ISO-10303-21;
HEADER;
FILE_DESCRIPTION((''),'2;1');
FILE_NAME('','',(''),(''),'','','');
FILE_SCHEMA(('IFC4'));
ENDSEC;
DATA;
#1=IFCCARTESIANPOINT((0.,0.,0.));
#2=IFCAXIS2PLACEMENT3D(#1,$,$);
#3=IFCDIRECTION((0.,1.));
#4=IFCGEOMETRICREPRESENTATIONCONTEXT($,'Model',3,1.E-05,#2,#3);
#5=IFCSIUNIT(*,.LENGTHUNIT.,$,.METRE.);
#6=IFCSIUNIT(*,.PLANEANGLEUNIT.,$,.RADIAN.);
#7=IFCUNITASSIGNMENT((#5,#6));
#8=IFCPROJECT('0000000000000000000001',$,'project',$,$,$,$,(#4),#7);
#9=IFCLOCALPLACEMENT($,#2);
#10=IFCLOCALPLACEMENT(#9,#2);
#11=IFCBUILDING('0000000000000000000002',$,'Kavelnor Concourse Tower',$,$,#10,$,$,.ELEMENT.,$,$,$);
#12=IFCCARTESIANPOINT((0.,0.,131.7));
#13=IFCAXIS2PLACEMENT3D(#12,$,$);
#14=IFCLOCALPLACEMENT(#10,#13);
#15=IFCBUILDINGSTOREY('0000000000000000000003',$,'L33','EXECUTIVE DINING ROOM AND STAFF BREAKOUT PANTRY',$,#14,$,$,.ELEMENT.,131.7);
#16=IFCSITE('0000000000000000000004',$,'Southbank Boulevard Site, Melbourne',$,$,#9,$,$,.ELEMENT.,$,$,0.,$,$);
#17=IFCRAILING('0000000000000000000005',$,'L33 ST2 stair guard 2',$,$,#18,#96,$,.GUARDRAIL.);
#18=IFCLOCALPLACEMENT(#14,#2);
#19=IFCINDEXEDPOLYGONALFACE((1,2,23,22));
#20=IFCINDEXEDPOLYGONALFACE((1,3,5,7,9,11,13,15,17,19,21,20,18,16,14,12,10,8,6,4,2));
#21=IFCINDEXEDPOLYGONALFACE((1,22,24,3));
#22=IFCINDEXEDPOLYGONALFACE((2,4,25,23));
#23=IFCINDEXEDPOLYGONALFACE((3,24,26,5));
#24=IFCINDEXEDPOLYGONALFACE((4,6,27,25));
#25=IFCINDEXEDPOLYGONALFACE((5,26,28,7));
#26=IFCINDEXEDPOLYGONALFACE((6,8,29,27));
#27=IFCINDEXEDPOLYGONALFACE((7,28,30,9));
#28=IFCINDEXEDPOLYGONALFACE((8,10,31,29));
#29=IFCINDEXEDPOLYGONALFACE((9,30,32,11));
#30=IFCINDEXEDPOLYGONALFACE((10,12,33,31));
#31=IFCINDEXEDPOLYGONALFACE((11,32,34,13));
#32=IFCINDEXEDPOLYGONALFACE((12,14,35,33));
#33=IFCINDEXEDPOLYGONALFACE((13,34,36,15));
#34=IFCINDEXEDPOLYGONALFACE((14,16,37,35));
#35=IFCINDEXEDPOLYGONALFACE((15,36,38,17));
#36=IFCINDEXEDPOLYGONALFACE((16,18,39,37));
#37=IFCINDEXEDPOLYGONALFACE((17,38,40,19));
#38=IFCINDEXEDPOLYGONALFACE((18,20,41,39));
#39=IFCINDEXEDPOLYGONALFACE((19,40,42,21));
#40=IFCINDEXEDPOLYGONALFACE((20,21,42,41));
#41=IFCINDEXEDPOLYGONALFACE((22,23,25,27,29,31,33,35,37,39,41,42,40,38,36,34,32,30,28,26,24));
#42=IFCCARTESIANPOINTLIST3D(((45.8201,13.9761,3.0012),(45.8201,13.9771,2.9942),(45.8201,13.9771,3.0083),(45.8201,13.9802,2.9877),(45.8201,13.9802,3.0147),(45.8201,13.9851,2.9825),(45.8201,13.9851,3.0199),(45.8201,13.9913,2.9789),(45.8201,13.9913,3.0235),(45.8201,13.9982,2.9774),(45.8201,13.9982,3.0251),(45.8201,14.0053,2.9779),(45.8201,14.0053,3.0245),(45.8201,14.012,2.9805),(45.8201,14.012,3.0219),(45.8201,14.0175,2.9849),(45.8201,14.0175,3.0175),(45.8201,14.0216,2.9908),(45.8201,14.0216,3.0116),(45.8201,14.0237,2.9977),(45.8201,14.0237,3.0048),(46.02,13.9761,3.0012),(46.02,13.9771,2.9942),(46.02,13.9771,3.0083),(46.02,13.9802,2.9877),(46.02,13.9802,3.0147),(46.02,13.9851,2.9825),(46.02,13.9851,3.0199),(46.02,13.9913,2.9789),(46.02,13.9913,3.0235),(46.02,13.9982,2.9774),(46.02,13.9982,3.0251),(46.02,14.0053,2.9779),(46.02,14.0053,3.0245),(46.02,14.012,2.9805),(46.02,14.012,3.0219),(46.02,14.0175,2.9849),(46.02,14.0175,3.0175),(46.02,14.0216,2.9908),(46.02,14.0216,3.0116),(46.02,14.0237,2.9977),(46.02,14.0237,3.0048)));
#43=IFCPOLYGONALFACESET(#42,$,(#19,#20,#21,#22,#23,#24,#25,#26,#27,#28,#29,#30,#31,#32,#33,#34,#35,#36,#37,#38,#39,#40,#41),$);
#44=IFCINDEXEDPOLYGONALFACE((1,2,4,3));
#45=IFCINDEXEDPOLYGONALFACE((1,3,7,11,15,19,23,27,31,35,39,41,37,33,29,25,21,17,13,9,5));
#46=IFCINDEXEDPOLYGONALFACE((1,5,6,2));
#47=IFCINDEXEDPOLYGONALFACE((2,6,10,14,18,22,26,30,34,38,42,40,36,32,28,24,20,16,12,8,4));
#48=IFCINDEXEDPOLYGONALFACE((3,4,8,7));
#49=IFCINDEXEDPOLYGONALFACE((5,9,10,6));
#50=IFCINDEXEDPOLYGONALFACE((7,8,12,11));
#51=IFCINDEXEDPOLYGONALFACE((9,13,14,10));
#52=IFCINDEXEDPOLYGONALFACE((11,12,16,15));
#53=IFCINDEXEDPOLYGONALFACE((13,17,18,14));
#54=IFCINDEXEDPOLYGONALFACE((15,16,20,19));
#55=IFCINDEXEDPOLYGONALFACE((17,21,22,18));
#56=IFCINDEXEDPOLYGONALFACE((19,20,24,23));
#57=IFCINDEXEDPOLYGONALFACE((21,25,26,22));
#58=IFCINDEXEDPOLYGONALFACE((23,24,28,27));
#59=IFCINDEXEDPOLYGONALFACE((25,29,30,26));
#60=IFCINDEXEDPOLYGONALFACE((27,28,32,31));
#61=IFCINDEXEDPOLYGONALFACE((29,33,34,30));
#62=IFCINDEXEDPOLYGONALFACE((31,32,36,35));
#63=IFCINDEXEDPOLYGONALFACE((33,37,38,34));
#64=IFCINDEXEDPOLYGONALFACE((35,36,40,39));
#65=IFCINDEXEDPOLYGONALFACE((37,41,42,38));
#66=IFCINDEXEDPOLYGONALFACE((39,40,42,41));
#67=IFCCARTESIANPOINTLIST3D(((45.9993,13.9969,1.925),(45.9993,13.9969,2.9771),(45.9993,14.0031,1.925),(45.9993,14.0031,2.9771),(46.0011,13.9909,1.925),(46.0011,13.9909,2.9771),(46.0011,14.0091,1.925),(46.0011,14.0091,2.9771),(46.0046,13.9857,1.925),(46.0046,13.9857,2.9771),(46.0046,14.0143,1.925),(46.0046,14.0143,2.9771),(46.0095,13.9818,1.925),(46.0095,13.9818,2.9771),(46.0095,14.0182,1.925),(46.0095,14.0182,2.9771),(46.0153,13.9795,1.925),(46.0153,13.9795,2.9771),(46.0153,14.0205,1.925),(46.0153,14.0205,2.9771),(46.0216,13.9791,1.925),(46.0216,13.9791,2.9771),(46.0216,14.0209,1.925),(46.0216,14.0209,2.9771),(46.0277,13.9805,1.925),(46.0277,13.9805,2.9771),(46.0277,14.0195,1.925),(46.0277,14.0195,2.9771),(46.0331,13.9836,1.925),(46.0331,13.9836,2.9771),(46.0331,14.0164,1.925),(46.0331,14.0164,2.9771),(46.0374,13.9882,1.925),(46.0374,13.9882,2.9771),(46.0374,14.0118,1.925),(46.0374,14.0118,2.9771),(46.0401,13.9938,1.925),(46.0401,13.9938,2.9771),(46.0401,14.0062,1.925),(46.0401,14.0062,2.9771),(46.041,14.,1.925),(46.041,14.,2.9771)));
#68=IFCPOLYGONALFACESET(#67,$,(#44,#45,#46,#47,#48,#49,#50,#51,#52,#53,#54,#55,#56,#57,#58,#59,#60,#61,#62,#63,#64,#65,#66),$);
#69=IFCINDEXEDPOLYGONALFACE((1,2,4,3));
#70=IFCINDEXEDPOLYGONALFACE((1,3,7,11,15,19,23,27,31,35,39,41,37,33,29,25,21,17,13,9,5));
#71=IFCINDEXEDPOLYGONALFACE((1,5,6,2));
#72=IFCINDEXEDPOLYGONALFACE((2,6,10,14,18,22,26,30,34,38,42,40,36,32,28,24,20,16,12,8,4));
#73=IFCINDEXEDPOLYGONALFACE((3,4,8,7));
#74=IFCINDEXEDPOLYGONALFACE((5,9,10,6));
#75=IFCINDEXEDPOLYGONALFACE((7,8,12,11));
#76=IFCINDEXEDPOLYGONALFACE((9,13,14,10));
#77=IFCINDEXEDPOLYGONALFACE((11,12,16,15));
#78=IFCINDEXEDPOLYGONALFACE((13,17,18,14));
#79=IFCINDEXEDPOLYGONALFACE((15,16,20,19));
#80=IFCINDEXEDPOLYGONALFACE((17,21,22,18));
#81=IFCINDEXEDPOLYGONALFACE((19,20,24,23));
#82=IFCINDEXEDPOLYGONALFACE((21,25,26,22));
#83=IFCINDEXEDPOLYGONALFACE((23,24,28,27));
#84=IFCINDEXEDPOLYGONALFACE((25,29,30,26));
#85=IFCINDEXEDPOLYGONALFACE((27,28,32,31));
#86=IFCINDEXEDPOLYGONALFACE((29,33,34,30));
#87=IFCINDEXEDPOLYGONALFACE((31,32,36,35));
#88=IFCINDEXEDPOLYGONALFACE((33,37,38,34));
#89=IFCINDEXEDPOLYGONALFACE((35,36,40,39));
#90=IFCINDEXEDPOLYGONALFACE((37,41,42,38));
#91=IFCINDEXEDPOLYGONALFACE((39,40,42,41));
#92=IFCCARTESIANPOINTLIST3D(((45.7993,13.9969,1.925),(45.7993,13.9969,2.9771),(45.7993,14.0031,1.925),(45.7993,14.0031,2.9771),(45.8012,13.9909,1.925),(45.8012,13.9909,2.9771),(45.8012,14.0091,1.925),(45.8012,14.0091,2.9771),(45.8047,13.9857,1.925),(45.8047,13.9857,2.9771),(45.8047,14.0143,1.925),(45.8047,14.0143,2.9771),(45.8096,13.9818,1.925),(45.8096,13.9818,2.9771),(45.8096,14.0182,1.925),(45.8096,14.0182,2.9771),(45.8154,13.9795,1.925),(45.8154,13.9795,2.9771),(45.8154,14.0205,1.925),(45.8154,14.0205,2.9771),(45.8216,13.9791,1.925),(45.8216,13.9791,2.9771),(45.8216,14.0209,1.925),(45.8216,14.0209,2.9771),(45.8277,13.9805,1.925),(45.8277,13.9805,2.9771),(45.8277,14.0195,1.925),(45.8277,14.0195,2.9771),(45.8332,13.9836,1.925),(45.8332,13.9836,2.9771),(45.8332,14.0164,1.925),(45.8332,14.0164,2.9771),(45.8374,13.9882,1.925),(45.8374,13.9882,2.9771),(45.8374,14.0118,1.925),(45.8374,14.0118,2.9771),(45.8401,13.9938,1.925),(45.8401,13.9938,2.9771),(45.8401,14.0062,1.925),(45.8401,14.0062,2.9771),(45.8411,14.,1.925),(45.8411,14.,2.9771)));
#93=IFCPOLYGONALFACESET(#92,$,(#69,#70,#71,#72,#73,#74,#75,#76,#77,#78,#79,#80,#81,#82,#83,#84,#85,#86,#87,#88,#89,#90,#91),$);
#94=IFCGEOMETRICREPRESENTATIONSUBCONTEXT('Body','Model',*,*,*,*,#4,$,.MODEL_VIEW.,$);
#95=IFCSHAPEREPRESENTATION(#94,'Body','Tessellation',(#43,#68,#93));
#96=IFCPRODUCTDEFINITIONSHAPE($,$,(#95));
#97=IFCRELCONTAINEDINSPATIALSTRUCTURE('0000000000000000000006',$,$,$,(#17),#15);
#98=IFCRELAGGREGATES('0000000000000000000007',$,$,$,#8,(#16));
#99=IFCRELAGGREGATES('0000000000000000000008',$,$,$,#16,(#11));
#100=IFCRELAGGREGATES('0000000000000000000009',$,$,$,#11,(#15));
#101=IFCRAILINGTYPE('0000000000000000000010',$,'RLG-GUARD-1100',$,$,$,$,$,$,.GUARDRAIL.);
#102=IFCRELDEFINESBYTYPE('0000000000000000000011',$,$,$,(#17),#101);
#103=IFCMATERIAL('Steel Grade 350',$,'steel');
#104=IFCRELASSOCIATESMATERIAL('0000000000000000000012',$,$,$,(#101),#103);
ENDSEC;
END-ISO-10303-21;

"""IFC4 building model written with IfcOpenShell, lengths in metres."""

from ifc_helpers import new_model, si_unit, direction, frame, origin, origin_2d, place, context, subcontext, project, spatial, circle, extrude, material, type_object, element, save


model = new_model("IFC4")

# Units and contexts
model_context = context("Model", 3, precision=1e-05, world=origin(), true_north=direction((0.0, 1.0)))
body_context = subcontext(model_context, "Body", "Model", "MODEL_VIEW")
ifc_project = project(units=[si_unit("LENGTHUNIT", "METRE"), si_unit("PLANEANGLEUNIT", "RADIAN")], contexts=[model_context])

# Site, building, storey
site_placement = place(None, origin())
site = spatial("IfcSite", under=ifc_project, at=site_placement, Name="Southbank Boulevard Site, Melbourne", CompositionType="ELEMENT", RefElevation=0.0)
building_placement = place(site_placement, origin())
building = spatial("IfcBuilding", under=site, at=building_placement, Name="Kavelnor Concourse Tower", CompositionType="ELEMENT")
storey_placement = place(building_placement, frame((0.0, 0.0, 131.7)))
storey = spatial("IfcBuildingStorey", under=building, at=storey_placement, Name="L33", Description="EXECUTIVE DINING ROOM AND STAFF BREAKOUT PANTRY", CompositionType="ELEMENT", Elevation=131.7)

# Shared definitions
ifc_material_1 = material(Name="Steel Grade 350", Category="steel")

# Railing
railing_type_1 = type_object("IfcRailingType", Name="RLG-GUARD-1100", PredefinedType="GUARDRAIL", material=ifc_material_1)
railing_1_placement = place(storey_placement, frame((46.02, 14.0, 1.925)))
element("IfcRailing", 1, at=railing_1_placement, inside=storey, type_object=railing_type_1, Name="L33 ST2 stair guard 2", PredefinedType="GUARDRAIL", context=body_context, shape_type="SweptSolid", body=[
    extrude(circle(Radius=0.0239, at=origin_2d()), frame((0.0, 0.0, 1.0762), z_axis=(-1.0, 0.0, 0.0), x_axis=(0.0, -1.0, 0.0)), (0.0, 0.0, 1.0), 0.2),
    extrude(circle(Radius=0.021, at=origin_2d()), origin(), (0.0, 0.0, 1.0), 1.052),
    extrude(circle(Radius=0.021, at=origin_2d()), frame((-0.2, 0.0, 0.0)), (0.0, 0.0, 1.0), 1.052),
])

save(model, "model.ifc")
